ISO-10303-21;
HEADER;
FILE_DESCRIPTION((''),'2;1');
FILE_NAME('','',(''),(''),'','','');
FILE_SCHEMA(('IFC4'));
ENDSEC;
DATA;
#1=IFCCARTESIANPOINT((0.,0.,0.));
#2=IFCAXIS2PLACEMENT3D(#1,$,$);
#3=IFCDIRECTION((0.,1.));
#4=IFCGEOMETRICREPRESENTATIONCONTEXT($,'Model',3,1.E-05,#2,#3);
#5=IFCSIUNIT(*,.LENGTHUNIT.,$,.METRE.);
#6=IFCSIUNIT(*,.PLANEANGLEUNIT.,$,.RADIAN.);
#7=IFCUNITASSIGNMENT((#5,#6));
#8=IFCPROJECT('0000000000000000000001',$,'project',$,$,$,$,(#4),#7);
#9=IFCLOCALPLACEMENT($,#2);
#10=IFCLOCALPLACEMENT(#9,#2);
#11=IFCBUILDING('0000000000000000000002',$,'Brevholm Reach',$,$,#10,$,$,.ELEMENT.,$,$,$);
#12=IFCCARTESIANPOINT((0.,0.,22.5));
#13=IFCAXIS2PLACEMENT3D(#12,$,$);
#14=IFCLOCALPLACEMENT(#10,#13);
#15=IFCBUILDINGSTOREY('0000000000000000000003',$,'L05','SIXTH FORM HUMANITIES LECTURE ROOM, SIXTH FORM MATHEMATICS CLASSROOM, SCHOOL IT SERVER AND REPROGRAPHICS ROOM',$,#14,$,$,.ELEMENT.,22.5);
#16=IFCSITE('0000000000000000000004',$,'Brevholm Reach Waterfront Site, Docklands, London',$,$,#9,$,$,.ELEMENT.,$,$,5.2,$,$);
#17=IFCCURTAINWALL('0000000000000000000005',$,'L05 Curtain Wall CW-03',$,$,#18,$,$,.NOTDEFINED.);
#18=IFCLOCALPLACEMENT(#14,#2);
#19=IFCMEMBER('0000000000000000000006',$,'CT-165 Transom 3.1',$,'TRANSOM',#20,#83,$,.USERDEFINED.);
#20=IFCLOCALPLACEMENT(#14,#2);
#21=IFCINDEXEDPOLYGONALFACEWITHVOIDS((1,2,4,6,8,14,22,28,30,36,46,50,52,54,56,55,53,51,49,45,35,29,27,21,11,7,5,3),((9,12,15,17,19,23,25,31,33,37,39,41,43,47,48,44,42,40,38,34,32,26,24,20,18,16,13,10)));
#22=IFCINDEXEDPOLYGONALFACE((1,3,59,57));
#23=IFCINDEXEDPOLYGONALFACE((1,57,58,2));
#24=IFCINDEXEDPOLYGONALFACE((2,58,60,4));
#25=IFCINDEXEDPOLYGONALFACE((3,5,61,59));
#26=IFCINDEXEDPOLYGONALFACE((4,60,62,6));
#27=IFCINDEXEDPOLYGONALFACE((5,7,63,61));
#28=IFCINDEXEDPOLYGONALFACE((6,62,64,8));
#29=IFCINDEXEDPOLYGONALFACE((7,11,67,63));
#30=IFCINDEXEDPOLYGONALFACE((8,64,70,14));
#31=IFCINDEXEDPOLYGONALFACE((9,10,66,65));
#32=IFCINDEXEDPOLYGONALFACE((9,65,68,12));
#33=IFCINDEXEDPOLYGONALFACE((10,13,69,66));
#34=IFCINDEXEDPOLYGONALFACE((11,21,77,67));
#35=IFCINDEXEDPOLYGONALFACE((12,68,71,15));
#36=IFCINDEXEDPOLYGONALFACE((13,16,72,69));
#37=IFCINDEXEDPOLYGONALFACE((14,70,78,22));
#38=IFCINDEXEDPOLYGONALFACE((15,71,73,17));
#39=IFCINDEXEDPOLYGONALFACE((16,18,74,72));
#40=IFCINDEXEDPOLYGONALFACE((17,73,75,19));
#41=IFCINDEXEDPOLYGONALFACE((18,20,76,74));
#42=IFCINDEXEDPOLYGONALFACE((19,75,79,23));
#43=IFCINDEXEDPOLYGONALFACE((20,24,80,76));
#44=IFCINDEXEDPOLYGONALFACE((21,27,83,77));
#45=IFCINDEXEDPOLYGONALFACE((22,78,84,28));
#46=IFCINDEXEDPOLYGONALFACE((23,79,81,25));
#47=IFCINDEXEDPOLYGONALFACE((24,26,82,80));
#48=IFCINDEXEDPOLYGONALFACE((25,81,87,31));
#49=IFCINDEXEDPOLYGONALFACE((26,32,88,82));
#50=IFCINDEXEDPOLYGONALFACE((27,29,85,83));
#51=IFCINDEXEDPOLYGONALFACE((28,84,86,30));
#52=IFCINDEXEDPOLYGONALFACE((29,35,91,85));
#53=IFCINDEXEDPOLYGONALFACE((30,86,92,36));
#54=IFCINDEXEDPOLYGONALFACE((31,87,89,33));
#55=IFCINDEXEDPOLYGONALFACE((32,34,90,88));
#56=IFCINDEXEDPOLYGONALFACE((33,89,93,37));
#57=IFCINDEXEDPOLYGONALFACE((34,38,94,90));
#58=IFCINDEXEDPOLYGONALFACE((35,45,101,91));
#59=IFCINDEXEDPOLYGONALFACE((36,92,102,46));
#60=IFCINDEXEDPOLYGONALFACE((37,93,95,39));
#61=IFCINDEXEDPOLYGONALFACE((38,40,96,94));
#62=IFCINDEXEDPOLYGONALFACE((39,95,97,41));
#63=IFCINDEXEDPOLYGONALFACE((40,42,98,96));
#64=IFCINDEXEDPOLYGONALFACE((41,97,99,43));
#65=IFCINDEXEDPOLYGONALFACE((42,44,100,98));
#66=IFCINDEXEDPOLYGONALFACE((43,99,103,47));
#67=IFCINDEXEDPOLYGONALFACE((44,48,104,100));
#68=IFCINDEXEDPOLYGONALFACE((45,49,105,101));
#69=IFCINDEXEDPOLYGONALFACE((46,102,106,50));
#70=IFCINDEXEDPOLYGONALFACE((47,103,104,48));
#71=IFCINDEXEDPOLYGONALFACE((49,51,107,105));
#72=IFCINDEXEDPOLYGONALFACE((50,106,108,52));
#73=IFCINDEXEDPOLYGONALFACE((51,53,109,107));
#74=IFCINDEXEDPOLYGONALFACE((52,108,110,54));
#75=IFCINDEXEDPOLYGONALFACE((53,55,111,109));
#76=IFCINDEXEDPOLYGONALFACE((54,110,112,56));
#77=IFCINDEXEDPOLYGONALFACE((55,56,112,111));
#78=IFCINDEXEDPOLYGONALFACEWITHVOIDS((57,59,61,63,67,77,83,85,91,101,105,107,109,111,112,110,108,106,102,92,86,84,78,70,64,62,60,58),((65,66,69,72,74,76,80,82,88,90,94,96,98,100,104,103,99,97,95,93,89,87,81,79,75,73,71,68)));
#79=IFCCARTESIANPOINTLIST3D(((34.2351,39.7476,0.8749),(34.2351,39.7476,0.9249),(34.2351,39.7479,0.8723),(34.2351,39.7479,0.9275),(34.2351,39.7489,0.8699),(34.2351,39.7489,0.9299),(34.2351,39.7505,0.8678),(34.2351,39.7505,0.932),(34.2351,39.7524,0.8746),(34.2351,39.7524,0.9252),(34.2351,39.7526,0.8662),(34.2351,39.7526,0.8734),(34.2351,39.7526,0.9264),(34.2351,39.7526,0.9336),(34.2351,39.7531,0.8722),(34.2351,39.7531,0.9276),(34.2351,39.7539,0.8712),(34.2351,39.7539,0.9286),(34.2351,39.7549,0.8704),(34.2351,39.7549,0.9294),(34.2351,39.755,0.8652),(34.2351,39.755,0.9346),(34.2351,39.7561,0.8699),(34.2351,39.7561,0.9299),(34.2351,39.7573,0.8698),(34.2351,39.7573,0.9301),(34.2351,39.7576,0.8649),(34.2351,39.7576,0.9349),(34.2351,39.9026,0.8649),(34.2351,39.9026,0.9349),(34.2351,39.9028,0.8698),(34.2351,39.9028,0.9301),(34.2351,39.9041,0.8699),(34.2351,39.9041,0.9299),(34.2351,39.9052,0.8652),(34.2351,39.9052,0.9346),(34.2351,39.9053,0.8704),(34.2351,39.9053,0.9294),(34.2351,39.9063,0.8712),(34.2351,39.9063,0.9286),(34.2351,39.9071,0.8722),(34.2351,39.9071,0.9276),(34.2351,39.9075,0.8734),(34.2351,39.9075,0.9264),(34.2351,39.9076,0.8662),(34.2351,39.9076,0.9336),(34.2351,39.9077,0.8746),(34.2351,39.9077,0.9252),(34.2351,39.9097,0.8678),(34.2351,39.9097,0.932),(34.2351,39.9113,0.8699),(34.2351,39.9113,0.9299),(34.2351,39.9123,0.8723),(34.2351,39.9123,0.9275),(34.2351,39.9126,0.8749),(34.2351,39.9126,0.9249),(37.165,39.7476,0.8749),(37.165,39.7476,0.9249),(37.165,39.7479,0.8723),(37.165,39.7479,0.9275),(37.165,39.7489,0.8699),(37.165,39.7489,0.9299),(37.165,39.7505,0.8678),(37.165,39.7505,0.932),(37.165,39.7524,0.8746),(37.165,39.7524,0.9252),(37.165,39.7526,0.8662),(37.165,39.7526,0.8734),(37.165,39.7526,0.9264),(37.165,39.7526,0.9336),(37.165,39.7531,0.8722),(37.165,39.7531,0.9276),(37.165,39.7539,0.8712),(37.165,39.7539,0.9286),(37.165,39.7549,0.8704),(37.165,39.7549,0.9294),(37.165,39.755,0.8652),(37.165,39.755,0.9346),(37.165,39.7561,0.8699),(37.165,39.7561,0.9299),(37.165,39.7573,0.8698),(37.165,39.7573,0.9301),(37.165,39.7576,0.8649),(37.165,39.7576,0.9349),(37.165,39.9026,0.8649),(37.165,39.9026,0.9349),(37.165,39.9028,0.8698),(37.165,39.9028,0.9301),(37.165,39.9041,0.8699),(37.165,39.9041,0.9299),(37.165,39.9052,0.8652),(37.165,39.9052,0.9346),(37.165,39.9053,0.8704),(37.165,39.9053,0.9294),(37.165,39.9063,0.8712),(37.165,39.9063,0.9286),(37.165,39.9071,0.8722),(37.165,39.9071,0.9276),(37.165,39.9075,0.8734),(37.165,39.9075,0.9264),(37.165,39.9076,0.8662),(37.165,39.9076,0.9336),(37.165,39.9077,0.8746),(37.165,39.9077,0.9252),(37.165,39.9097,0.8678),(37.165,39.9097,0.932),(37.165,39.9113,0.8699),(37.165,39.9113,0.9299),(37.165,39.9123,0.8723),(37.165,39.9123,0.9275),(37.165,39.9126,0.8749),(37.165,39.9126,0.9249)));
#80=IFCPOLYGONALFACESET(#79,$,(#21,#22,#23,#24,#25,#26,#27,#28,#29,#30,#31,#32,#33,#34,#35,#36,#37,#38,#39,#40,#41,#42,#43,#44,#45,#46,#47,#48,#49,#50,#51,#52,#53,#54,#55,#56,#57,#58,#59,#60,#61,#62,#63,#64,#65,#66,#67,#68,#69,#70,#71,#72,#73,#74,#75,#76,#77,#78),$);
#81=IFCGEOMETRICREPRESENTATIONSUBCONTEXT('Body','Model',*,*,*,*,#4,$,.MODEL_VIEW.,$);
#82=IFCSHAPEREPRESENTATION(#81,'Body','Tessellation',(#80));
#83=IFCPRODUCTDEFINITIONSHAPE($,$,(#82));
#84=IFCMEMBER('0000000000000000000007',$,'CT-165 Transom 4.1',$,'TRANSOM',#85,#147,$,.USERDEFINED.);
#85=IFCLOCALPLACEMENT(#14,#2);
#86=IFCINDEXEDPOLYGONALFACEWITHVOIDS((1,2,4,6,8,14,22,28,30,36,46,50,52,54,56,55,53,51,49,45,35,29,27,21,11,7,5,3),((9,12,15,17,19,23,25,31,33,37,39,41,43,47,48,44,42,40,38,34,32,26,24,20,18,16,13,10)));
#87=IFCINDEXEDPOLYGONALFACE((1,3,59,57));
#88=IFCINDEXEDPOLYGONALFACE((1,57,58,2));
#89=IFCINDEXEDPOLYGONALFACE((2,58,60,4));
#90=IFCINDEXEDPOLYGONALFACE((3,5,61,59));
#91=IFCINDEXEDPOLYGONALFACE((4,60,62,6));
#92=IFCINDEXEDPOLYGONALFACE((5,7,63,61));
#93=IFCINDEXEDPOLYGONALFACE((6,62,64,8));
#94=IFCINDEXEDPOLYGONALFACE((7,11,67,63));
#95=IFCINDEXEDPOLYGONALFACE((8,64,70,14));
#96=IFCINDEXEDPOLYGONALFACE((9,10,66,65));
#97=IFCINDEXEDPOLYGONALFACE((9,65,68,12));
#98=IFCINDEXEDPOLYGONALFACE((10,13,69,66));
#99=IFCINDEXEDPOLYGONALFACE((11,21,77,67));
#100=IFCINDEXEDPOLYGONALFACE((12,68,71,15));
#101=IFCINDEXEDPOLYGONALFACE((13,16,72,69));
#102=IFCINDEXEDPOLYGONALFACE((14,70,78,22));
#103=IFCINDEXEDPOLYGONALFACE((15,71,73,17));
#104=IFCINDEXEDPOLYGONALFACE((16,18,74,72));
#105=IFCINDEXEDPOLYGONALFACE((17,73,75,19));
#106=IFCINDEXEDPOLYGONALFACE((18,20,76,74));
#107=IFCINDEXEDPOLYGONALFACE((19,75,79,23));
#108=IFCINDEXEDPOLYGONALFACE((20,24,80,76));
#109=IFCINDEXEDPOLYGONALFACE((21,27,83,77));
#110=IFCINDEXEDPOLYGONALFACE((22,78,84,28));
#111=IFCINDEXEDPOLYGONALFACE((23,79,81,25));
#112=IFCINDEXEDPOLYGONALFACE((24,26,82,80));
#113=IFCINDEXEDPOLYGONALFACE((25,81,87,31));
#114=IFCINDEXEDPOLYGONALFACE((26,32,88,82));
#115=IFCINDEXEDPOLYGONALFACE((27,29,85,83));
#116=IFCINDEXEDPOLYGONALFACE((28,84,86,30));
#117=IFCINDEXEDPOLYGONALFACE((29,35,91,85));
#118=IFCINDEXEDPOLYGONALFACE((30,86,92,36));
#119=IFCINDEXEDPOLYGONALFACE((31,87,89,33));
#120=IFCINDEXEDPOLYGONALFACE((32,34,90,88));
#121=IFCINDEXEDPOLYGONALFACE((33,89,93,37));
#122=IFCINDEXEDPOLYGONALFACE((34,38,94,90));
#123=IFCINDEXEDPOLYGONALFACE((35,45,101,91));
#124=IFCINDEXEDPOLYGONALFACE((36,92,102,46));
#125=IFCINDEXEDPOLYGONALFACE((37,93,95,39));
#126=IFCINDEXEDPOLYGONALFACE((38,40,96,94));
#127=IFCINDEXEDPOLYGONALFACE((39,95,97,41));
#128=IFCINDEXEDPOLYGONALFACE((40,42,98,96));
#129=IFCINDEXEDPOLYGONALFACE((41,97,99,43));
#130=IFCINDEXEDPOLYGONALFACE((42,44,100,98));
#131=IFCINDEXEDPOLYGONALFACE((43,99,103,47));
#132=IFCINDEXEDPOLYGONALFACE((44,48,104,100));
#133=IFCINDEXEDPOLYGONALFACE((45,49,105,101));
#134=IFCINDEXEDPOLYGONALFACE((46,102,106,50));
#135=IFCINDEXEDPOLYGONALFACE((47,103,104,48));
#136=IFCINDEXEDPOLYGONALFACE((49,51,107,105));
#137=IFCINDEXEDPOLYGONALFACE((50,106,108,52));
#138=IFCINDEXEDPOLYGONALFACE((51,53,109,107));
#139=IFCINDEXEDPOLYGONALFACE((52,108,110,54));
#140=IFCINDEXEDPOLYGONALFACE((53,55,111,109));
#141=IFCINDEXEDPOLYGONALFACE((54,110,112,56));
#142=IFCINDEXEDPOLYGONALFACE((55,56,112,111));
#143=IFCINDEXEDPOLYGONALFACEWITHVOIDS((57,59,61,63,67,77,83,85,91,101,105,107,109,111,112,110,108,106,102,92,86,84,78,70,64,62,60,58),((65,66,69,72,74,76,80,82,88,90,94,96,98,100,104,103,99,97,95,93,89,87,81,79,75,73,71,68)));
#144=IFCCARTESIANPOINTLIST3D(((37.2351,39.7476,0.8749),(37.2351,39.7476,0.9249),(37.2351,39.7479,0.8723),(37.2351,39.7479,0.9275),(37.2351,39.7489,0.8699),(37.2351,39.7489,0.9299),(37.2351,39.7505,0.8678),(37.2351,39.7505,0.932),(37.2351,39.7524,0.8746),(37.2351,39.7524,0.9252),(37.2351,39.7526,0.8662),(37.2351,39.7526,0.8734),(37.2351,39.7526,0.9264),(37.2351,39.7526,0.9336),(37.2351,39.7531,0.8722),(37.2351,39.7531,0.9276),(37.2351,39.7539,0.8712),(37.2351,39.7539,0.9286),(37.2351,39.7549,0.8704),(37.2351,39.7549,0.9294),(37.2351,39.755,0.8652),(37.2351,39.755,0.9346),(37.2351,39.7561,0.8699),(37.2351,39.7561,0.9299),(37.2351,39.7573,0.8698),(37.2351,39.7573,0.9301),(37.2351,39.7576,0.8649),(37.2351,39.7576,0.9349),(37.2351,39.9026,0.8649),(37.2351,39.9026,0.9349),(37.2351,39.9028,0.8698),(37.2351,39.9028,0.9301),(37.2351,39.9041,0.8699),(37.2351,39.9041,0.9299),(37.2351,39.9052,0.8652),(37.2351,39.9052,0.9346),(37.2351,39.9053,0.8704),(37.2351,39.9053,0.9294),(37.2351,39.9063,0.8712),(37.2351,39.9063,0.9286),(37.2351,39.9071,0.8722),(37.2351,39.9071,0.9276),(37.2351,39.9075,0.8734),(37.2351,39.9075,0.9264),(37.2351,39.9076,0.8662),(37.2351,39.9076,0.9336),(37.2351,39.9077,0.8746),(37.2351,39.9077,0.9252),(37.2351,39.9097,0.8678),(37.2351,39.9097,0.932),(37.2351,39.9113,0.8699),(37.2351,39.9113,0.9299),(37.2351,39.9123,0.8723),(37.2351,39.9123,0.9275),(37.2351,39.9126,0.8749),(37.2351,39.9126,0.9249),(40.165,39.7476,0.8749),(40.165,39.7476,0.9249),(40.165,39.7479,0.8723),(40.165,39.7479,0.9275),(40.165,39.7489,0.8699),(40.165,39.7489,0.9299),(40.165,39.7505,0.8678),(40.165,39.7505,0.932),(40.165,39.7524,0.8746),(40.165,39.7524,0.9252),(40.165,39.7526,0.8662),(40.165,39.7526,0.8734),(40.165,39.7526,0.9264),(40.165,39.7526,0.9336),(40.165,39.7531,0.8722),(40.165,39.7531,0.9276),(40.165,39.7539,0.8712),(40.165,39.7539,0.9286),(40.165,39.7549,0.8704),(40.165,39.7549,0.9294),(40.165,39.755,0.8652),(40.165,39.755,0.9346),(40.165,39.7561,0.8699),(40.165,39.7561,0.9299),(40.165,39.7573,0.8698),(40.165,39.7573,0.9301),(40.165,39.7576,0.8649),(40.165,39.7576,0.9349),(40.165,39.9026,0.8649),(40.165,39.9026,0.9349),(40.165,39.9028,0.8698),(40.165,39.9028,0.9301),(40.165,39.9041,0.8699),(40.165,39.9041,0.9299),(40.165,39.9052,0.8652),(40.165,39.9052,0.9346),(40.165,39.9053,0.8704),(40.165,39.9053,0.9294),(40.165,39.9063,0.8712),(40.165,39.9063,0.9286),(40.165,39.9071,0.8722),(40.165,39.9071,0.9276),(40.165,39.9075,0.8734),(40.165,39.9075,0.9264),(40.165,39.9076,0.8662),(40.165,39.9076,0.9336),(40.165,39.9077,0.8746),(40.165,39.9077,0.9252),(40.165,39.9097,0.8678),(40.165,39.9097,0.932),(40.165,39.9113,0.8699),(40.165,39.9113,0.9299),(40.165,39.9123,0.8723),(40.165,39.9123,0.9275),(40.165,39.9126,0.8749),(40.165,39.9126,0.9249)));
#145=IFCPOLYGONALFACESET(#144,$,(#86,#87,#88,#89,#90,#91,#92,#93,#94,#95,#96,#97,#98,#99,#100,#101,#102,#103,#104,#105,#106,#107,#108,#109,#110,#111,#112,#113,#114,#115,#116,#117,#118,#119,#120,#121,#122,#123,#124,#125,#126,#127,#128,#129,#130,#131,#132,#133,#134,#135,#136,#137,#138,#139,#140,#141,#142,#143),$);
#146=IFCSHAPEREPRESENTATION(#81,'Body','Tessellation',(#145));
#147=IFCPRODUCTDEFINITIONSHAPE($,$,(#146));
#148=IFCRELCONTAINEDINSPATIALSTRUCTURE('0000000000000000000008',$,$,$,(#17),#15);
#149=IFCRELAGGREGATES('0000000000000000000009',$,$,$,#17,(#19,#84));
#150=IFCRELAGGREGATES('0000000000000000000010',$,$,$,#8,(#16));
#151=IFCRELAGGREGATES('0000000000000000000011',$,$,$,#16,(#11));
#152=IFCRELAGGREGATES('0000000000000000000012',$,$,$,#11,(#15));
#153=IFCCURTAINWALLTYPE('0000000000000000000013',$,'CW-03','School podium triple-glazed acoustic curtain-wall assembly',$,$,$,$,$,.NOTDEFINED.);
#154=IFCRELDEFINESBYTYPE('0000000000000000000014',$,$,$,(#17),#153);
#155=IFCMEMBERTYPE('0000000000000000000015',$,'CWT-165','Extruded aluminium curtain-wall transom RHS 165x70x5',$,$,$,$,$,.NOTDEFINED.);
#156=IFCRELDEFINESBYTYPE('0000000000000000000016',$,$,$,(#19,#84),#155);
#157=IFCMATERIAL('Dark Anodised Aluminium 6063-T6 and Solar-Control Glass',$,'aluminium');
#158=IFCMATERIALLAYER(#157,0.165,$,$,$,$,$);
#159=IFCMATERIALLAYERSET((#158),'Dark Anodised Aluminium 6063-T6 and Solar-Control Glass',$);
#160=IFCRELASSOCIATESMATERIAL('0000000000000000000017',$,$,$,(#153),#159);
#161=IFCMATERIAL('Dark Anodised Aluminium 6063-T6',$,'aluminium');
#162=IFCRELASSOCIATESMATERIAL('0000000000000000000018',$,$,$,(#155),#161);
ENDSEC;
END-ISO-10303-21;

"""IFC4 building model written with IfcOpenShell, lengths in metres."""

from ifc_helpers import new_model, si_unit, direction, frame, origin, origin_2d, place, context, subcontext, project, spatial, hollow_rectangle, extrude, material, layer, layer_set, material_profile, profile_set, type_object, element, aggregate, save


model = new_model("IFC4")

# Units and contexts
model_context = context("Model", 3, precision=1e-05, world=origin(), true_north=direction((0.0, 1.0)))
body_context = subcontext(model_context, "Body", "Model", "MODEL_VIEW")
ifc_project = project(units=[si_unit("LENGTHUNIT", "METRE"), si_unit("PLANEANGLEUNIT", "RADIAN")], contexts=[model_context])

# Site, building, storey
site_placement = place(None, origin())
site = spatial("IfcSite", under=ifc_project, at=site_placement, Name="Brevholm Reach Waterfront Site, Docklands, London", CompositionType="ELEMENT", RefElevation=5.2)
building_placement = place(site_placement, origin())
building = spatial("IfcBuilding", under=site, at=building_placement, Name="Brevholm Reach", CompositionType="ELEMENT")
storey_placement = place(building_placement, frame((0.0, 0.0, 22.5)))
storey = spatial("IfcBuildingStorey", under=building, at=storey_placement, Name="L05", Description="SIXTH FORM HUMANITIES LECTURE ROOM, SIXTH FORM MATHEMATICS CLASSROOM, SCHOOL IT SERVER AND REPROGRAPHICS ROOM", CompositionType="ELEMENT", Elevation=22.5)

# Curtain wall, members
ifc_material_1 = material(Name="Dark Anodised Aluminium 6063-T6 and Solar-Control Glass", Category="aluminium")
ifc_layer_1 = layer(ifc_material_1, 0.165)
ifc_layer_set_1 = layer_set([ifc_layer_1], Name="Dark Anodised Aluminium 6063-T6 and Solar-Control Glass")
curtain_wall_type = type_object("IfcCurtainWallType", Name="CW-03", Description="School podium triple-glazed acoustic curtain-wall assembly", PredefinedType="NOTDEFINED", material=ifc_layer_set_1)
curtain_wall_placement = place(storey_placement, origin())
curtain_wall = element("IfcCurtainWall", 1, at=curtain_wall_placement, inside=storey, type_object=curtain_wall_type, Name="L05 Curtain Wall CW-03", PredefinedType="NOTDEFINED")
ifc_material_2 = material(Name="Dark Anodised Aluminium 6063-T6", Category="aluminium")
ifc_material_profile_1 = material_profile(ifc_material_2, hollow_rectangle(XDim=0.0701, YDim=0.165, WallThickness=0.0049, InnerFilletRadius=0.0049, OuterFilletRadius=0.01, at=origin_2d()), Name="RHS 165x70x5")
ifc_profile_set_1 = profile_set([ifc_material_profile_1], Name="Dark Anodised Aluminium 6063-T6")
member_type_1 = type_object("IfcMemberType", Name="CWT-165", Description="Extruded aluminium curtain-wall transom RHS 165x70x5", PredefinedType="NOTDEFINED", material=ifc_profile_set_1)
member_1_placement = place(storey_placement, frame((34.2351, 39.8301, 0.8999), z_axis=(1.0, 0.0, 0.0), x_axis=(0.0, 0.0, 1.0)))
member_1 = element("IfcMember", 2, at=member_1_placement, type_object=member_type_1, Name="CT-165 Transom 3.1", ObjectType="TRANSOM", PredefinedType="USERDEFINED", context=body_context, shape_type="SweptSolid", body=[
    extrude(hollow_rectangle(XDim=0.0701, YDim=0.165, WallThickness=0.0049, InnerFilletRadius=0.0049, OuterFilletRadius=0.01, at=origin_2d()), origin(), (0.0, 0.0, 1.0), 2.9299),
])
member_2_placement = place(storey_placement, frame((37.2351, 39.8301, 0.8999), z_axis=(1.0, 0.0, 0.0), x_axis=(0.0, 0.0, 1.0)))
member_2 = element("IfcMember", 3, at=member_2_placement, type_object=member_type_1, Name="CT-165 Transom 4.1", ObjectType="TRANSOM", PredefinedType="USERDEFINED", context=body_context, shape_type="SweptSolid", body=[
    extrude(hollow_rectangle(XDim=0.0701, YDim=0.165, WallThickness=0.0049, InnerFilletRadius=0.0049, OuterFilletRadius=0.01, at=origin_2d()), origin(), (0.0, 0.0, 1.0), 2.9299),
])
aggregate(curtain_wall, [member_1, member_2])

save(model, "model.ifc")
